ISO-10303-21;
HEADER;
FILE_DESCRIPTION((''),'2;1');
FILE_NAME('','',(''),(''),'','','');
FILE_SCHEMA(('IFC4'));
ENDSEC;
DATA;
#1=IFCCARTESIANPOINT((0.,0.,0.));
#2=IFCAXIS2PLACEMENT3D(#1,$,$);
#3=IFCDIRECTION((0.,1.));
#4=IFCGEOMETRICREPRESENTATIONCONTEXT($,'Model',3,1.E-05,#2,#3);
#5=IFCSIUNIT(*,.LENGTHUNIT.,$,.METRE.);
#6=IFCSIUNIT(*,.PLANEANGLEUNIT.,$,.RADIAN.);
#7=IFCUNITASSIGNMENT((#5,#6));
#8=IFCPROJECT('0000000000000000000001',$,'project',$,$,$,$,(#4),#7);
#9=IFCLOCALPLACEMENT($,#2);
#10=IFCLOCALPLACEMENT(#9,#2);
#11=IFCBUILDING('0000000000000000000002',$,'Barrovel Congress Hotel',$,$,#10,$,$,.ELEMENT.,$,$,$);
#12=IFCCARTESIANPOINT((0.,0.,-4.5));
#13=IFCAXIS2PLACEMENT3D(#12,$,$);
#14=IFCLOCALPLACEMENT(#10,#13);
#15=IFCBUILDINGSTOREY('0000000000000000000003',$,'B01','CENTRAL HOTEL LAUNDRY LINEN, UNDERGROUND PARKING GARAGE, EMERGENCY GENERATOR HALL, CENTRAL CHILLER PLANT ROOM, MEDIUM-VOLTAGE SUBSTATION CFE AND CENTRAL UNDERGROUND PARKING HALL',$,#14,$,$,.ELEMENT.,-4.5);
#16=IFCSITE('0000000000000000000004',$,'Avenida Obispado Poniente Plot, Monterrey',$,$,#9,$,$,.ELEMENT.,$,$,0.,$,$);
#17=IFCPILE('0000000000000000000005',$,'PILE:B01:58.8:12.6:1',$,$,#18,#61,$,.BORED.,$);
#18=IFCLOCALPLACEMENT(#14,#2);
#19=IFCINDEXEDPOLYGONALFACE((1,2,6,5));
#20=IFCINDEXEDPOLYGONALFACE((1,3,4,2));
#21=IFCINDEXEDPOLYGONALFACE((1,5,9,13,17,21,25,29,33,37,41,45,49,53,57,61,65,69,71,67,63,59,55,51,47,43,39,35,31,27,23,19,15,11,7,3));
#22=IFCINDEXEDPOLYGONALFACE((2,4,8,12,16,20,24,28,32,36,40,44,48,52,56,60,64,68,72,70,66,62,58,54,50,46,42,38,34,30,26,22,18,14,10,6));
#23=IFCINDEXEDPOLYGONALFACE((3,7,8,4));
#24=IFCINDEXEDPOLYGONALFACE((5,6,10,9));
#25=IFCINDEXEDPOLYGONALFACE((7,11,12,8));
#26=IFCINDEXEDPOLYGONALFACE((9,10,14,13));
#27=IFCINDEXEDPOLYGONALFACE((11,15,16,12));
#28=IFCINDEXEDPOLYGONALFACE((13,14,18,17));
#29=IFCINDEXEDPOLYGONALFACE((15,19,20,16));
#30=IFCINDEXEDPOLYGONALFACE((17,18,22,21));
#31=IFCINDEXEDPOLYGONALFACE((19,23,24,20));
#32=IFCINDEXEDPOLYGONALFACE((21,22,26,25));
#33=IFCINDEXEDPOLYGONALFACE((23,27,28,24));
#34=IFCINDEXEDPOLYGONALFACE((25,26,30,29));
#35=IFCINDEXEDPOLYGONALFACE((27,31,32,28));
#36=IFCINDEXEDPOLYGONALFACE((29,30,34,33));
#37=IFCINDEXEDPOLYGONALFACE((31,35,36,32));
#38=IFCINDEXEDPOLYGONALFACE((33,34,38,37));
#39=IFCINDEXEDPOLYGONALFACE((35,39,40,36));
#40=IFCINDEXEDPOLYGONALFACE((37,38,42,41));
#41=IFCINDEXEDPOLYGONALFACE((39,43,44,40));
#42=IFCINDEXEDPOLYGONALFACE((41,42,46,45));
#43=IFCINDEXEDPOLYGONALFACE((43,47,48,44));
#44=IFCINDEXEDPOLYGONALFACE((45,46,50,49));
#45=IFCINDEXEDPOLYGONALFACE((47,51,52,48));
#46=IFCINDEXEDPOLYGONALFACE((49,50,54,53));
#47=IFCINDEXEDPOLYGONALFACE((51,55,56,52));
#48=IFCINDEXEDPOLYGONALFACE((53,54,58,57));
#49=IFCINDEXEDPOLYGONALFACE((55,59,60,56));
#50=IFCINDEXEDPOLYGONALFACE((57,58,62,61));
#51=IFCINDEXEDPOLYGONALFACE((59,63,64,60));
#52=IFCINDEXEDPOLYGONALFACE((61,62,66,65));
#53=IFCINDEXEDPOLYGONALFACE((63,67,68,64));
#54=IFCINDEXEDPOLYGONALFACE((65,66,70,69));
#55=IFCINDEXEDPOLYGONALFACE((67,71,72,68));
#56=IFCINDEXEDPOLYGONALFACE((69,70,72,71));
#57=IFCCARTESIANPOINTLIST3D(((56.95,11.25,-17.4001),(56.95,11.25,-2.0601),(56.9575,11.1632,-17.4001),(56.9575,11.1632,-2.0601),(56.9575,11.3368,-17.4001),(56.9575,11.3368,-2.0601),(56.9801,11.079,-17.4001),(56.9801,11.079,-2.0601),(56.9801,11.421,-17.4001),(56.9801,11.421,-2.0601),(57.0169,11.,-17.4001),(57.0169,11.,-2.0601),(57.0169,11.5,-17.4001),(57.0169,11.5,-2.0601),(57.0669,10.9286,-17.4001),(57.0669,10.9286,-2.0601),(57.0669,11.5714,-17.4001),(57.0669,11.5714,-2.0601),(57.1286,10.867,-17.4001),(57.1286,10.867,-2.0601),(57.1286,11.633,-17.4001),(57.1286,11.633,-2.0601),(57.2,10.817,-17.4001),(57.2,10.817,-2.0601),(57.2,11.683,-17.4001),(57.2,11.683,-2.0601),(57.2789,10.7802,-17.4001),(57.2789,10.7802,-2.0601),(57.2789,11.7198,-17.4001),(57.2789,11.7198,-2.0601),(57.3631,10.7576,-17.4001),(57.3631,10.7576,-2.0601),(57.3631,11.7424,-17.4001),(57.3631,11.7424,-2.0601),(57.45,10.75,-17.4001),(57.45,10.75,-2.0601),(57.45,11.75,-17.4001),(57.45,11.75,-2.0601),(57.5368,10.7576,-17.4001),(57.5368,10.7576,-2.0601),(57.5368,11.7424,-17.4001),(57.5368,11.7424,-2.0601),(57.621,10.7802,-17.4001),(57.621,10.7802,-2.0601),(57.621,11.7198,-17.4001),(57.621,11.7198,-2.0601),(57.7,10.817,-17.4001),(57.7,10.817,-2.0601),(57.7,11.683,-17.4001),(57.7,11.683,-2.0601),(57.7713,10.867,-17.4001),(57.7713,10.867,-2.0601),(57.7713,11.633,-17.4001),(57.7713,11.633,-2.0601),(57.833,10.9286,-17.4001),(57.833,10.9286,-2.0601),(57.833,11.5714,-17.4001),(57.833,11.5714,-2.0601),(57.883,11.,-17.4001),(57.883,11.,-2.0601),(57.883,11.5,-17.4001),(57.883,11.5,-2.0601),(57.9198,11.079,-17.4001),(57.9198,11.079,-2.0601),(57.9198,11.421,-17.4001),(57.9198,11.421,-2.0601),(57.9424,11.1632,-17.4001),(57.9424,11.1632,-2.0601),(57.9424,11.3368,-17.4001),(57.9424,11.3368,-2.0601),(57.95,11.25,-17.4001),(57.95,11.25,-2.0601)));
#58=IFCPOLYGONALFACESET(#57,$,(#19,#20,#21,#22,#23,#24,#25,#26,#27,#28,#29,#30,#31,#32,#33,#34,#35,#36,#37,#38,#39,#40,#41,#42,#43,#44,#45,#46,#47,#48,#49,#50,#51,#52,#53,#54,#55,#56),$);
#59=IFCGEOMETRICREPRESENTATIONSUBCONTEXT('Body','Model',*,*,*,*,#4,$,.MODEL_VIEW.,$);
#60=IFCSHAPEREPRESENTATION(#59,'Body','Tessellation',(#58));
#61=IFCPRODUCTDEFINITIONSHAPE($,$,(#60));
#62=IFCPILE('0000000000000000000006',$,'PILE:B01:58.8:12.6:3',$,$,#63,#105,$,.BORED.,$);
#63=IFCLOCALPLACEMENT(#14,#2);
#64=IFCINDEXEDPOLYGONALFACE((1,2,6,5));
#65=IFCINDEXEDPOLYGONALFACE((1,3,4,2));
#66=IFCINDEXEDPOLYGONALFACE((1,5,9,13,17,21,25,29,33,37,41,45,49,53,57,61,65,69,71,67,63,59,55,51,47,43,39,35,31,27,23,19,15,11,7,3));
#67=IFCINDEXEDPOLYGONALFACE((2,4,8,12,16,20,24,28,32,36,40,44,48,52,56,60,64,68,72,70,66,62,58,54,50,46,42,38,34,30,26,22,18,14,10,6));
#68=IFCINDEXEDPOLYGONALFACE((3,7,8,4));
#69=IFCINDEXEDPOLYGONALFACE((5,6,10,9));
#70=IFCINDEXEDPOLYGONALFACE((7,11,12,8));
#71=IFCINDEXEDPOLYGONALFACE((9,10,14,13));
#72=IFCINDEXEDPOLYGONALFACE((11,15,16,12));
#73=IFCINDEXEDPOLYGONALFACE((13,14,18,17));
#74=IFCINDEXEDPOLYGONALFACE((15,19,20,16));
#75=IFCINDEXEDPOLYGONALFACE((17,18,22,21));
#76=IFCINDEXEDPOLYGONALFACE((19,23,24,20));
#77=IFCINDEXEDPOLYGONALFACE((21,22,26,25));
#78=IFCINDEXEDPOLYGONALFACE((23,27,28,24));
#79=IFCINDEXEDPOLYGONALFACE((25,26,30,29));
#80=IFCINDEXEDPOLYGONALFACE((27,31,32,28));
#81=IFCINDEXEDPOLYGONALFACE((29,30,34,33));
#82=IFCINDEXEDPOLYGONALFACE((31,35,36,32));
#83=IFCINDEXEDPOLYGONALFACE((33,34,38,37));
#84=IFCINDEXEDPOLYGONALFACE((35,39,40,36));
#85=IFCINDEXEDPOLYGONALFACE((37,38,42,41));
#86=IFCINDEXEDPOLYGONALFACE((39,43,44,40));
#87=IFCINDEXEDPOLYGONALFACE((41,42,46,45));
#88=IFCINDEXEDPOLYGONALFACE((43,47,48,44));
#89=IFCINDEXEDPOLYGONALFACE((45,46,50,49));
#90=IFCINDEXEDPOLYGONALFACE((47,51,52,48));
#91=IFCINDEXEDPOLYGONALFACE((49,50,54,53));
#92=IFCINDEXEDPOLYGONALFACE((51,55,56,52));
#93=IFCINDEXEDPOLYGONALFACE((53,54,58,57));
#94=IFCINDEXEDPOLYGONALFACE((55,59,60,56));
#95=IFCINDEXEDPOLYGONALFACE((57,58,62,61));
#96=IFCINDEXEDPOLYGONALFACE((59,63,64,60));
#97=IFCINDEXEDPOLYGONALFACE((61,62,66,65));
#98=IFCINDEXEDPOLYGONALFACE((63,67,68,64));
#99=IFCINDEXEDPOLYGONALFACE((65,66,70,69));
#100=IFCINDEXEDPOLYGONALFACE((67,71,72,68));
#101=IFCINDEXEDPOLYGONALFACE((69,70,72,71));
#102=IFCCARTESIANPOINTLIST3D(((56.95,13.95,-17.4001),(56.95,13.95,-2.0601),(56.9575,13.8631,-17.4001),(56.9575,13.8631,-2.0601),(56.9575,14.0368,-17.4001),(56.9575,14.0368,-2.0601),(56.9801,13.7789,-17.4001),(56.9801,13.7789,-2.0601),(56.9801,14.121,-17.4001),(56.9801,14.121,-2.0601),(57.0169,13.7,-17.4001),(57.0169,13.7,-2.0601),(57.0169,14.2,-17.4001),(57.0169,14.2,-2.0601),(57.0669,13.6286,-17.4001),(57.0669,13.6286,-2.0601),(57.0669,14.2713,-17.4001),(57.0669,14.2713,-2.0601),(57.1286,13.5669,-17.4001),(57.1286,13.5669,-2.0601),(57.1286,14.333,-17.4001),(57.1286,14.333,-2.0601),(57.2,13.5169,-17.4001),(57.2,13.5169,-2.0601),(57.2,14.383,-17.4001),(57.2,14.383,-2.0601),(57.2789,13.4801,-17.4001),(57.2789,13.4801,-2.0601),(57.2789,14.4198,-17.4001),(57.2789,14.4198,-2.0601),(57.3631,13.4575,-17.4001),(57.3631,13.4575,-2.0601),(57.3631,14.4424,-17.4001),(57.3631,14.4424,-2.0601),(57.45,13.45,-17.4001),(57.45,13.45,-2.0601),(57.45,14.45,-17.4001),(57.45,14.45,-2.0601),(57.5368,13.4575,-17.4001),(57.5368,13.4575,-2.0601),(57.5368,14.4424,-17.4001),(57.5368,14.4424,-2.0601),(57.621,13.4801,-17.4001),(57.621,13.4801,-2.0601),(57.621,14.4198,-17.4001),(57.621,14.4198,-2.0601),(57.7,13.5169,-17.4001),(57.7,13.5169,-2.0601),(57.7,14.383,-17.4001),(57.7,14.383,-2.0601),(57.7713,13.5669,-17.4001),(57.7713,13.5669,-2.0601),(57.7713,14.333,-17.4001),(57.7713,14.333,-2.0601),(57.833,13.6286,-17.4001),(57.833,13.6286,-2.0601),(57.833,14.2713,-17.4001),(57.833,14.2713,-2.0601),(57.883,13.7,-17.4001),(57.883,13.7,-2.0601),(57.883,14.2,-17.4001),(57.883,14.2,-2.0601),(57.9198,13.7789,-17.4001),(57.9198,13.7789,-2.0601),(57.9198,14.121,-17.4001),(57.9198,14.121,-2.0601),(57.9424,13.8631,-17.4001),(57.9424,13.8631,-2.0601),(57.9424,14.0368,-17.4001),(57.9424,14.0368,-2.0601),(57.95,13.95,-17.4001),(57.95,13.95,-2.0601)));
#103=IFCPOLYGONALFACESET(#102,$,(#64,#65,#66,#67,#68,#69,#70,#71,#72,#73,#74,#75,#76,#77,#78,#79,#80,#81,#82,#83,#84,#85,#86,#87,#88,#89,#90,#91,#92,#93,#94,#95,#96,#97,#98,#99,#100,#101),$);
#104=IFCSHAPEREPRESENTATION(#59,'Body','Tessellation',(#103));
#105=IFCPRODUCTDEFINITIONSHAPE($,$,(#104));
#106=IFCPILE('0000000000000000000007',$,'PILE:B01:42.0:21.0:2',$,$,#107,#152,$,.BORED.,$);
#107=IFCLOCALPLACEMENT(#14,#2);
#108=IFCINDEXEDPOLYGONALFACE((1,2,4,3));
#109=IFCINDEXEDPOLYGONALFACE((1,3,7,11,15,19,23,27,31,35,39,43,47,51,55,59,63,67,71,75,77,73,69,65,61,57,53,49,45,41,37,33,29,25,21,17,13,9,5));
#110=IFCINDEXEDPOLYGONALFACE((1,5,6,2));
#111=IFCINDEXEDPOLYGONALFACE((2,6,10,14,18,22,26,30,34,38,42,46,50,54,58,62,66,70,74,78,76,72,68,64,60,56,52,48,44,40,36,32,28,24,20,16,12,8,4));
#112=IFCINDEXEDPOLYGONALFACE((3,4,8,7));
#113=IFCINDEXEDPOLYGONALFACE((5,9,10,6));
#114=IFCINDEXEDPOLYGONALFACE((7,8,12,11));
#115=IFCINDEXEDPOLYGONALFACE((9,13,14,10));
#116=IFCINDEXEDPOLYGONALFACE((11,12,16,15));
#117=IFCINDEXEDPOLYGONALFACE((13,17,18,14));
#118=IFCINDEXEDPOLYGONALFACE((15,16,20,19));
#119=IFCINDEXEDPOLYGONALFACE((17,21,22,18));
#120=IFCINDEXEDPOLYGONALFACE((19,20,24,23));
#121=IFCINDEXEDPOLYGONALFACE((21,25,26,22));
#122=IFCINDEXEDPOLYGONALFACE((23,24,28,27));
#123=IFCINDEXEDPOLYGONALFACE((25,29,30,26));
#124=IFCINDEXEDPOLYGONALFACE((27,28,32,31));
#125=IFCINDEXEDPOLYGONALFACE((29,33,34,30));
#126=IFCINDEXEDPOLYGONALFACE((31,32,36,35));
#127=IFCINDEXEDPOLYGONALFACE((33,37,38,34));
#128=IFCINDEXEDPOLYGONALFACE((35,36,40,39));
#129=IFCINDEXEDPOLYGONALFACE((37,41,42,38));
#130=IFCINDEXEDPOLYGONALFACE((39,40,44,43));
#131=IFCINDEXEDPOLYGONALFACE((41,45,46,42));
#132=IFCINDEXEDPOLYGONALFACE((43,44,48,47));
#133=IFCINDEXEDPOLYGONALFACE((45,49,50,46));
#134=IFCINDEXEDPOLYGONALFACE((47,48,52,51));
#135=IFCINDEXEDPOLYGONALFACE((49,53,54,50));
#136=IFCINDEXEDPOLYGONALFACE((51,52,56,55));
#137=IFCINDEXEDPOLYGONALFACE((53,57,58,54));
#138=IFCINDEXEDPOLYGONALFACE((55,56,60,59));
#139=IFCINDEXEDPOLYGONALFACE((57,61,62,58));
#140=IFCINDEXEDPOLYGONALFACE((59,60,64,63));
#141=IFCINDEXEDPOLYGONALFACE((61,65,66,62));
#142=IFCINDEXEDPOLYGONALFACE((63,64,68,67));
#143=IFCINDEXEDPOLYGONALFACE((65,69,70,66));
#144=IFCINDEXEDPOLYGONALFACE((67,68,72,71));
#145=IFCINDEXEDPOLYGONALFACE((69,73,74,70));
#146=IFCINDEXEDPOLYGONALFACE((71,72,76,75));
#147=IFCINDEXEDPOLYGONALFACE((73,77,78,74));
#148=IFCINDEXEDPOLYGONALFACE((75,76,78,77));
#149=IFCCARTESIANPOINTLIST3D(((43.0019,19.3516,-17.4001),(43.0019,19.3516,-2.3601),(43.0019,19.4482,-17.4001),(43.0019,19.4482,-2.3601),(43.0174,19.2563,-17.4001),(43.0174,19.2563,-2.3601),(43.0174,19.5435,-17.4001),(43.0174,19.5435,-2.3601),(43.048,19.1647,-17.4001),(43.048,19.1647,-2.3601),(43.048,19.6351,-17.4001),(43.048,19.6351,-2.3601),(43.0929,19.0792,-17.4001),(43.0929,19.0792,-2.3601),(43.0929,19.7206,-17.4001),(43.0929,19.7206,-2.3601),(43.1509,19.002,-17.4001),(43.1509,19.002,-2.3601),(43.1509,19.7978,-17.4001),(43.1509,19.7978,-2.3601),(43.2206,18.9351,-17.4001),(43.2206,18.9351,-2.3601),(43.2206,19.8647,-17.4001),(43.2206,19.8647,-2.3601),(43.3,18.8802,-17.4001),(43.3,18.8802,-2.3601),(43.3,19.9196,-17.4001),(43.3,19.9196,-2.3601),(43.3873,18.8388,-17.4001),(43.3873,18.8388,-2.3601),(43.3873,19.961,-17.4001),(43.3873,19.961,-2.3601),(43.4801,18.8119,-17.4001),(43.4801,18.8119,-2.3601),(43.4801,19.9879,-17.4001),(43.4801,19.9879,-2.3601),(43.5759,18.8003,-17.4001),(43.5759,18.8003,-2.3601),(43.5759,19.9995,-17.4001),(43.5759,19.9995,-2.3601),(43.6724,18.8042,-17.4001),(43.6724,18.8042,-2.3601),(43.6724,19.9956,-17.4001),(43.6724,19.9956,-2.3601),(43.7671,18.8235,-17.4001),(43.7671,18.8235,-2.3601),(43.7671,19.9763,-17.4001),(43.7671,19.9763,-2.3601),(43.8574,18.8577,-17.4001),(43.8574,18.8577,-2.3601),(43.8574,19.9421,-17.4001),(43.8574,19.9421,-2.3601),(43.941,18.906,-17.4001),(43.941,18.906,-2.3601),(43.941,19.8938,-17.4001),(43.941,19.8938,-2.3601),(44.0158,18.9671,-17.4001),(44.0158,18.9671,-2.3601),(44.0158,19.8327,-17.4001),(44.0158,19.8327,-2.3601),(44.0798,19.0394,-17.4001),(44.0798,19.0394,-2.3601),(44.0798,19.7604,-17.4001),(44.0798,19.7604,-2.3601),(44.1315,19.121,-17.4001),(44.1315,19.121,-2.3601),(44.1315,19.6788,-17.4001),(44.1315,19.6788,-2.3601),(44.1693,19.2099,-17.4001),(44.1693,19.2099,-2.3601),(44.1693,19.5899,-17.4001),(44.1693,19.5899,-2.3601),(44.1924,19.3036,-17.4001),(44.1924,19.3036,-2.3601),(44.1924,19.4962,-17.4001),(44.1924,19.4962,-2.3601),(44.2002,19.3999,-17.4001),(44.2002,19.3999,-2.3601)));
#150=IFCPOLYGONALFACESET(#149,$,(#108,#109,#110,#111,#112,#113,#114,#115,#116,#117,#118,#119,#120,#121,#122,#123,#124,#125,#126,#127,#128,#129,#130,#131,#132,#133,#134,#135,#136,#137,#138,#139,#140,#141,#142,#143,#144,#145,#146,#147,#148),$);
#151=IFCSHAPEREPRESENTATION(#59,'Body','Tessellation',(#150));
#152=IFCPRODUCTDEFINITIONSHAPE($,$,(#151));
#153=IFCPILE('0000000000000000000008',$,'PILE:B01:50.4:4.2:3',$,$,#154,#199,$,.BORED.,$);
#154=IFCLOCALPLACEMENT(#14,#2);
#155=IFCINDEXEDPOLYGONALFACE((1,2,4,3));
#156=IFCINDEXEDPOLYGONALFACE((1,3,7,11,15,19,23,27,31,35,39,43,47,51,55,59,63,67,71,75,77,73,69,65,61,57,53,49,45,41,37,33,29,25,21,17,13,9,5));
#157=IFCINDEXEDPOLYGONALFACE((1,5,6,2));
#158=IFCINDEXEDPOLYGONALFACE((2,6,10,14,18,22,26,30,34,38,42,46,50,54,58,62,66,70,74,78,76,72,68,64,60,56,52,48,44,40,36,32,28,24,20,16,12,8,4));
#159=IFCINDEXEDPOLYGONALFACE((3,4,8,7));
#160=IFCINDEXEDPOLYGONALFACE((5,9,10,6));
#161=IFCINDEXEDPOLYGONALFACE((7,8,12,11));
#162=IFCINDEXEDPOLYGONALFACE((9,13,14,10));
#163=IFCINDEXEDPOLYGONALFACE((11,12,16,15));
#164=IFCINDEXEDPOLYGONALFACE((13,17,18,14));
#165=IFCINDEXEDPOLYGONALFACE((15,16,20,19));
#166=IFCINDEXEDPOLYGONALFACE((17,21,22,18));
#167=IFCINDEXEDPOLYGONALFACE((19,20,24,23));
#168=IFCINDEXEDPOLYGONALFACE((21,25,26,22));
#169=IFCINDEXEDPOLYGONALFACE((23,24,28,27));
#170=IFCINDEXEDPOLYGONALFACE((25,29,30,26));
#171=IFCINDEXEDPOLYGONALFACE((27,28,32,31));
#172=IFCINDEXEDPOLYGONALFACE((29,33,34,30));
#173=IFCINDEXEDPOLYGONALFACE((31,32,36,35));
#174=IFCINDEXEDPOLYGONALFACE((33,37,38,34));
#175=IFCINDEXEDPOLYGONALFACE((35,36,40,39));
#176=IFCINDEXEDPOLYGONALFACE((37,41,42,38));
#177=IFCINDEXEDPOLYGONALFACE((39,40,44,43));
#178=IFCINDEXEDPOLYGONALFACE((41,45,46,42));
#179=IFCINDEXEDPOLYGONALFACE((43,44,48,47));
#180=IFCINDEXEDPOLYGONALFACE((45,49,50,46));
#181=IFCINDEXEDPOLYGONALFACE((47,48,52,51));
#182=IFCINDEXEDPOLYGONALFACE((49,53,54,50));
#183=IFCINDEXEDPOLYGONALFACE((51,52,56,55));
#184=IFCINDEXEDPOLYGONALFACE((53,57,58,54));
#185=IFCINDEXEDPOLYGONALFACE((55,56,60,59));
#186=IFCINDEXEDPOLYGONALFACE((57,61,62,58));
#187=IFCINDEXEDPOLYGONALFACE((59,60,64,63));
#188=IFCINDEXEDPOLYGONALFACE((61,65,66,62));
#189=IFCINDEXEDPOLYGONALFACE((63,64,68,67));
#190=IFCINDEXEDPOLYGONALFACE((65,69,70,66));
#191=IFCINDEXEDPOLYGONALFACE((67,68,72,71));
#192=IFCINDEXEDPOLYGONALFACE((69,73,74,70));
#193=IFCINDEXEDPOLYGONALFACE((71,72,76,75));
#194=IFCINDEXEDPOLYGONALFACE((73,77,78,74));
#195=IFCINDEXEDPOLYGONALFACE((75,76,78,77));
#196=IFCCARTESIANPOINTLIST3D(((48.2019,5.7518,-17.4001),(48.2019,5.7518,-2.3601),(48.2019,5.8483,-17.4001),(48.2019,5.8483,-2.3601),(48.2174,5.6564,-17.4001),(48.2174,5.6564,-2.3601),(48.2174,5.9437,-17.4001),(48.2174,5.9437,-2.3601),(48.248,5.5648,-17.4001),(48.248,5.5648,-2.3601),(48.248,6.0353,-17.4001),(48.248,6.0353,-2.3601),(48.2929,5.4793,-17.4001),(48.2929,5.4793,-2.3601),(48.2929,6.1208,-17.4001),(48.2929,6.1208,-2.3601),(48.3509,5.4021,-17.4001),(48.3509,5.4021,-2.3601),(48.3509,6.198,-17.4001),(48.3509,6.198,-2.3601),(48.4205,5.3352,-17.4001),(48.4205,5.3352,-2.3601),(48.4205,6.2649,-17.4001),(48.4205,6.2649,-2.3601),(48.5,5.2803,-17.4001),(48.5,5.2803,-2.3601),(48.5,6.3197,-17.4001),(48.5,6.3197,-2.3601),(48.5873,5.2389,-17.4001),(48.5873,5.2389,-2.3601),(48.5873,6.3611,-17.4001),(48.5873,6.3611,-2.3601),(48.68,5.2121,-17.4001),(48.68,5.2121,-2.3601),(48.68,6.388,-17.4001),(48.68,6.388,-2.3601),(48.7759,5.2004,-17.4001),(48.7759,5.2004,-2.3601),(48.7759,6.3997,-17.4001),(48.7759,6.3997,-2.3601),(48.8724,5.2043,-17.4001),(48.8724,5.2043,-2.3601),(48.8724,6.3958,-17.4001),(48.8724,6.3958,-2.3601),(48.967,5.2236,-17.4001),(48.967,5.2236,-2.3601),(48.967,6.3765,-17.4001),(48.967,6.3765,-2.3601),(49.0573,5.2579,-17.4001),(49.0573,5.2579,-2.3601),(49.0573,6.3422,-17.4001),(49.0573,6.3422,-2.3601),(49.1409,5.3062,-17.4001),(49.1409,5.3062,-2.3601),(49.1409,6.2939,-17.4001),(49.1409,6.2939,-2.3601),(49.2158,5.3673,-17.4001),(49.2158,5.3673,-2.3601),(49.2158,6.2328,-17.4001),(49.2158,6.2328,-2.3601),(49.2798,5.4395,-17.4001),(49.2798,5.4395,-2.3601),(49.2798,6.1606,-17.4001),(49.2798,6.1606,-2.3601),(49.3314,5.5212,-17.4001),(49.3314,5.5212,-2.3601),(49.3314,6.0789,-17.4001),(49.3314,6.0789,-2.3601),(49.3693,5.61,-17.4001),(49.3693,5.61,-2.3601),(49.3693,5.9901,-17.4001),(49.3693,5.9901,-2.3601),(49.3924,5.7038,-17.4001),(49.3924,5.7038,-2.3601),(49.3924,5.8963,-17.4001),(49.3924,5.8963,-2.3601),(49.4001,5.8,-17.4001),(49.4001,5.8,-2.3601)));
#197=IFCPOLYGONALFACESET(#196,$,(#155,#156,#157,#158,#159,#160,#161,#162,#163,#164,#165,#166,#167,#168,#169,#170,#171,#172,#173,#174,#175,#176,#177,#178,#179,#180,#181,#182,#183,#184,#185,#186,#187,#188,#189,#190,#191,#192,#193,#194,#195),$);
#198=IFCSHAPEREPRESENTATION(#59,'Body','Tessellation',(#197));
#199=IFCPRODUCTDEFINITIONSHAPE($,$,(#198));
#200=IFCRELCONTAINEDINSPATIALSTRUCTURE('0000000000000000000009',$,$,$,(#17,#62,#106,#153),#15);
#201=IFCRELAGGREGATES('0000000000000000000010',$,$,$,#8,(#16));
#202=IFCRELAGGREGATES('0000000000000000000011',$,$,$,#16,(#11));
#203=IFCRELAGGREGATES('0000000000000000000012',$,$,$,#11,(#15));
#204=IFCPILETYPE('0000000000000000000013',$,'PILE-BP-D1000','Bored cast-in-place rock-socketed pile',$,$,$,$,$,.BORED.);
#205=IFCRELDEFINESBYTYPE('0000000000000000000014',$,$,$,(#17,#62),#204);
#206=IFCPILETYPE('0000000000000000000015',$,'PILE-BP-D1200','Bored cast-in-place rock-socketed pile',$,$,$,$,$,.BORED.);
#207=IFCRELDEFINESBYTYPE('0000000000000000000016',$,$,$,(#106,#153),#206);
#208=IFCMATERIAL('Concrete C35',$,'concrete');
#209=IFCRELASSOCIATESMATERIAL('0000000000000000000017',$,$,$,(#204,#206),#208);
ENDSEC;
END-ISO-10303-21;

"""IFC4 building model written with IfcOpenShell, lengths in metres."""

from ifc_helpers import new_model, si_unit, direction, frame, origin, origin_2d, place, context, subcontext, project, spatial, circle, extrude, material, material_profile, profile_set, type_object, element, save


model = new_model("IFC4")

# Units and contexts
model_context = context("Model", 3, precision=1e-05, world=origin(), true_north=direction((0.0, 1.0)))
body_context = subcontext(model_context, "Body", "Model", "MODEL_VIEW")
ifc_project = project(units=[si_unit("LENGTHUNIT", "METRE"), si_unit("PLANEANGLEUNIT", "RADIAN")], contexts=[model_context])

# Site, building, storey
site_placement = place(None, origin())
site = spatial("IfcSite", under=ifc_project, at=site_placement, Name="Avenida Obispado Poniente Plot, Monterrey", CompositionType="ELEMENT", RefElevation=0.0)
building_placement = place(site_placement, origin())
building = spatial("IfcBuilding", under=site, at=building_placement, Name="Barrovel Congress Hotel", CompositionType="ELEMENT")
storey_placement = place(building_placement, frame((0.0, 0.0, -4.5)))
storey = spatial("IfcBuildingStorey", under=building, at=storey_placement, Name="B01", Description="CENTRAL HOTEL LAUNDRY LINEN, UNDERGROUND PARKING GARAGE, EMERGENCY GENERATOR HALL, CENTRAL CHILLER PLANT ROOM, MEDIUM-VOLTAGE SUBSTATION CFE AND CENTRAL UNDERGROUND PARKING HALL", CompositionType="ELEMENT", Elevation=-4.5)

# Piles
ifc_material_1 = material(Name="Concrete C35", Category="concrete")
ifc_material_profile_1 = material_profile(ifc_material_1, circle(Radius=0.5, at=origin_2d()), Name="BP-D1000")
ifc_profile_set_1 = profile_set([ifc_material_profile_1], Name="Concrete C35")
pile_type_1 = type_object("IfcPileType", Name="PILE-BP-D1000", Description="Bored cast-in-place rock-socketed pile", PredefinedType="BORED", material=ifc_profile_set_1)
for number, where, z_axis, x_axis, name in (
    (1, (57.45, 11.25, -2.0601), (0.0, 0.0, -1.0), (1.0, 0.0, 0.0), "PILE:B01:58.8:12.6:1"),
    (2, (57.45, 13.95, -2.0601), (0.0, 0.0, -1.0), (1.0, 0.0, 0.0), "PILE:B01:58.8:12.6:3"),
):
    element("IfcPile", number, at=place(storey_placement, frame(where, z_axis=z_axis, x_axis=x_axis)), inside=storey, type_object=pile_type_1, Name=name, PredefinedType="BORED", context=body_context, shape_type="SweptSolid", body=[
        extrude(circle(Radius=0.5, at=origin_2d()), origin(), (0.0, 0.0, 1.0), 15.3401),
    ])
ifc_material_profile_2 = material_profile(ifc_material_1, circle(Radius=0.6001, at=origin_2d()), Name="BP-D1200")
ifc_profile_set_2 = profile_set([ifc_material_profile_2], Name="Concrete C35")
pile_type_2 = type_object("IfcPileType", Name="PILE-BP-D1200", Description="Bored cast-in-place rock-socketed pile", PredefinedType="BORED", material=ifc_profile_set_2)
for number, where, z_axis, x_axis, name in (
    (3, (43.6001, 19.3999, -2.3601), (0.0, 0.0, -1.0), (1.0, 0.0, 0.0), "PILE:B01:42.0:21.0:2"),
    (4, (48.8, 5.8, -2.3601), (0.0, 0.0, -1.0), (1.0, 0.0, 0.0), "PILE:B01:50.4:4.2:3"),
):
    element("IfcPile", number, at=place(storey_placement, frame(where, z_axis=z_axis, x_axis=x_axis)), inside=storey, type_object=pile_type_2, Name=name, PredefinedType="BORED", context=body_context, shape_type="SweptSolid", body=[
        extrude(circle(Radius=0.6001, at=origin_2d()), origin(), (0.0, 0.0, 1.0), 15.04),
    ])

save(model, "model.ifc")
